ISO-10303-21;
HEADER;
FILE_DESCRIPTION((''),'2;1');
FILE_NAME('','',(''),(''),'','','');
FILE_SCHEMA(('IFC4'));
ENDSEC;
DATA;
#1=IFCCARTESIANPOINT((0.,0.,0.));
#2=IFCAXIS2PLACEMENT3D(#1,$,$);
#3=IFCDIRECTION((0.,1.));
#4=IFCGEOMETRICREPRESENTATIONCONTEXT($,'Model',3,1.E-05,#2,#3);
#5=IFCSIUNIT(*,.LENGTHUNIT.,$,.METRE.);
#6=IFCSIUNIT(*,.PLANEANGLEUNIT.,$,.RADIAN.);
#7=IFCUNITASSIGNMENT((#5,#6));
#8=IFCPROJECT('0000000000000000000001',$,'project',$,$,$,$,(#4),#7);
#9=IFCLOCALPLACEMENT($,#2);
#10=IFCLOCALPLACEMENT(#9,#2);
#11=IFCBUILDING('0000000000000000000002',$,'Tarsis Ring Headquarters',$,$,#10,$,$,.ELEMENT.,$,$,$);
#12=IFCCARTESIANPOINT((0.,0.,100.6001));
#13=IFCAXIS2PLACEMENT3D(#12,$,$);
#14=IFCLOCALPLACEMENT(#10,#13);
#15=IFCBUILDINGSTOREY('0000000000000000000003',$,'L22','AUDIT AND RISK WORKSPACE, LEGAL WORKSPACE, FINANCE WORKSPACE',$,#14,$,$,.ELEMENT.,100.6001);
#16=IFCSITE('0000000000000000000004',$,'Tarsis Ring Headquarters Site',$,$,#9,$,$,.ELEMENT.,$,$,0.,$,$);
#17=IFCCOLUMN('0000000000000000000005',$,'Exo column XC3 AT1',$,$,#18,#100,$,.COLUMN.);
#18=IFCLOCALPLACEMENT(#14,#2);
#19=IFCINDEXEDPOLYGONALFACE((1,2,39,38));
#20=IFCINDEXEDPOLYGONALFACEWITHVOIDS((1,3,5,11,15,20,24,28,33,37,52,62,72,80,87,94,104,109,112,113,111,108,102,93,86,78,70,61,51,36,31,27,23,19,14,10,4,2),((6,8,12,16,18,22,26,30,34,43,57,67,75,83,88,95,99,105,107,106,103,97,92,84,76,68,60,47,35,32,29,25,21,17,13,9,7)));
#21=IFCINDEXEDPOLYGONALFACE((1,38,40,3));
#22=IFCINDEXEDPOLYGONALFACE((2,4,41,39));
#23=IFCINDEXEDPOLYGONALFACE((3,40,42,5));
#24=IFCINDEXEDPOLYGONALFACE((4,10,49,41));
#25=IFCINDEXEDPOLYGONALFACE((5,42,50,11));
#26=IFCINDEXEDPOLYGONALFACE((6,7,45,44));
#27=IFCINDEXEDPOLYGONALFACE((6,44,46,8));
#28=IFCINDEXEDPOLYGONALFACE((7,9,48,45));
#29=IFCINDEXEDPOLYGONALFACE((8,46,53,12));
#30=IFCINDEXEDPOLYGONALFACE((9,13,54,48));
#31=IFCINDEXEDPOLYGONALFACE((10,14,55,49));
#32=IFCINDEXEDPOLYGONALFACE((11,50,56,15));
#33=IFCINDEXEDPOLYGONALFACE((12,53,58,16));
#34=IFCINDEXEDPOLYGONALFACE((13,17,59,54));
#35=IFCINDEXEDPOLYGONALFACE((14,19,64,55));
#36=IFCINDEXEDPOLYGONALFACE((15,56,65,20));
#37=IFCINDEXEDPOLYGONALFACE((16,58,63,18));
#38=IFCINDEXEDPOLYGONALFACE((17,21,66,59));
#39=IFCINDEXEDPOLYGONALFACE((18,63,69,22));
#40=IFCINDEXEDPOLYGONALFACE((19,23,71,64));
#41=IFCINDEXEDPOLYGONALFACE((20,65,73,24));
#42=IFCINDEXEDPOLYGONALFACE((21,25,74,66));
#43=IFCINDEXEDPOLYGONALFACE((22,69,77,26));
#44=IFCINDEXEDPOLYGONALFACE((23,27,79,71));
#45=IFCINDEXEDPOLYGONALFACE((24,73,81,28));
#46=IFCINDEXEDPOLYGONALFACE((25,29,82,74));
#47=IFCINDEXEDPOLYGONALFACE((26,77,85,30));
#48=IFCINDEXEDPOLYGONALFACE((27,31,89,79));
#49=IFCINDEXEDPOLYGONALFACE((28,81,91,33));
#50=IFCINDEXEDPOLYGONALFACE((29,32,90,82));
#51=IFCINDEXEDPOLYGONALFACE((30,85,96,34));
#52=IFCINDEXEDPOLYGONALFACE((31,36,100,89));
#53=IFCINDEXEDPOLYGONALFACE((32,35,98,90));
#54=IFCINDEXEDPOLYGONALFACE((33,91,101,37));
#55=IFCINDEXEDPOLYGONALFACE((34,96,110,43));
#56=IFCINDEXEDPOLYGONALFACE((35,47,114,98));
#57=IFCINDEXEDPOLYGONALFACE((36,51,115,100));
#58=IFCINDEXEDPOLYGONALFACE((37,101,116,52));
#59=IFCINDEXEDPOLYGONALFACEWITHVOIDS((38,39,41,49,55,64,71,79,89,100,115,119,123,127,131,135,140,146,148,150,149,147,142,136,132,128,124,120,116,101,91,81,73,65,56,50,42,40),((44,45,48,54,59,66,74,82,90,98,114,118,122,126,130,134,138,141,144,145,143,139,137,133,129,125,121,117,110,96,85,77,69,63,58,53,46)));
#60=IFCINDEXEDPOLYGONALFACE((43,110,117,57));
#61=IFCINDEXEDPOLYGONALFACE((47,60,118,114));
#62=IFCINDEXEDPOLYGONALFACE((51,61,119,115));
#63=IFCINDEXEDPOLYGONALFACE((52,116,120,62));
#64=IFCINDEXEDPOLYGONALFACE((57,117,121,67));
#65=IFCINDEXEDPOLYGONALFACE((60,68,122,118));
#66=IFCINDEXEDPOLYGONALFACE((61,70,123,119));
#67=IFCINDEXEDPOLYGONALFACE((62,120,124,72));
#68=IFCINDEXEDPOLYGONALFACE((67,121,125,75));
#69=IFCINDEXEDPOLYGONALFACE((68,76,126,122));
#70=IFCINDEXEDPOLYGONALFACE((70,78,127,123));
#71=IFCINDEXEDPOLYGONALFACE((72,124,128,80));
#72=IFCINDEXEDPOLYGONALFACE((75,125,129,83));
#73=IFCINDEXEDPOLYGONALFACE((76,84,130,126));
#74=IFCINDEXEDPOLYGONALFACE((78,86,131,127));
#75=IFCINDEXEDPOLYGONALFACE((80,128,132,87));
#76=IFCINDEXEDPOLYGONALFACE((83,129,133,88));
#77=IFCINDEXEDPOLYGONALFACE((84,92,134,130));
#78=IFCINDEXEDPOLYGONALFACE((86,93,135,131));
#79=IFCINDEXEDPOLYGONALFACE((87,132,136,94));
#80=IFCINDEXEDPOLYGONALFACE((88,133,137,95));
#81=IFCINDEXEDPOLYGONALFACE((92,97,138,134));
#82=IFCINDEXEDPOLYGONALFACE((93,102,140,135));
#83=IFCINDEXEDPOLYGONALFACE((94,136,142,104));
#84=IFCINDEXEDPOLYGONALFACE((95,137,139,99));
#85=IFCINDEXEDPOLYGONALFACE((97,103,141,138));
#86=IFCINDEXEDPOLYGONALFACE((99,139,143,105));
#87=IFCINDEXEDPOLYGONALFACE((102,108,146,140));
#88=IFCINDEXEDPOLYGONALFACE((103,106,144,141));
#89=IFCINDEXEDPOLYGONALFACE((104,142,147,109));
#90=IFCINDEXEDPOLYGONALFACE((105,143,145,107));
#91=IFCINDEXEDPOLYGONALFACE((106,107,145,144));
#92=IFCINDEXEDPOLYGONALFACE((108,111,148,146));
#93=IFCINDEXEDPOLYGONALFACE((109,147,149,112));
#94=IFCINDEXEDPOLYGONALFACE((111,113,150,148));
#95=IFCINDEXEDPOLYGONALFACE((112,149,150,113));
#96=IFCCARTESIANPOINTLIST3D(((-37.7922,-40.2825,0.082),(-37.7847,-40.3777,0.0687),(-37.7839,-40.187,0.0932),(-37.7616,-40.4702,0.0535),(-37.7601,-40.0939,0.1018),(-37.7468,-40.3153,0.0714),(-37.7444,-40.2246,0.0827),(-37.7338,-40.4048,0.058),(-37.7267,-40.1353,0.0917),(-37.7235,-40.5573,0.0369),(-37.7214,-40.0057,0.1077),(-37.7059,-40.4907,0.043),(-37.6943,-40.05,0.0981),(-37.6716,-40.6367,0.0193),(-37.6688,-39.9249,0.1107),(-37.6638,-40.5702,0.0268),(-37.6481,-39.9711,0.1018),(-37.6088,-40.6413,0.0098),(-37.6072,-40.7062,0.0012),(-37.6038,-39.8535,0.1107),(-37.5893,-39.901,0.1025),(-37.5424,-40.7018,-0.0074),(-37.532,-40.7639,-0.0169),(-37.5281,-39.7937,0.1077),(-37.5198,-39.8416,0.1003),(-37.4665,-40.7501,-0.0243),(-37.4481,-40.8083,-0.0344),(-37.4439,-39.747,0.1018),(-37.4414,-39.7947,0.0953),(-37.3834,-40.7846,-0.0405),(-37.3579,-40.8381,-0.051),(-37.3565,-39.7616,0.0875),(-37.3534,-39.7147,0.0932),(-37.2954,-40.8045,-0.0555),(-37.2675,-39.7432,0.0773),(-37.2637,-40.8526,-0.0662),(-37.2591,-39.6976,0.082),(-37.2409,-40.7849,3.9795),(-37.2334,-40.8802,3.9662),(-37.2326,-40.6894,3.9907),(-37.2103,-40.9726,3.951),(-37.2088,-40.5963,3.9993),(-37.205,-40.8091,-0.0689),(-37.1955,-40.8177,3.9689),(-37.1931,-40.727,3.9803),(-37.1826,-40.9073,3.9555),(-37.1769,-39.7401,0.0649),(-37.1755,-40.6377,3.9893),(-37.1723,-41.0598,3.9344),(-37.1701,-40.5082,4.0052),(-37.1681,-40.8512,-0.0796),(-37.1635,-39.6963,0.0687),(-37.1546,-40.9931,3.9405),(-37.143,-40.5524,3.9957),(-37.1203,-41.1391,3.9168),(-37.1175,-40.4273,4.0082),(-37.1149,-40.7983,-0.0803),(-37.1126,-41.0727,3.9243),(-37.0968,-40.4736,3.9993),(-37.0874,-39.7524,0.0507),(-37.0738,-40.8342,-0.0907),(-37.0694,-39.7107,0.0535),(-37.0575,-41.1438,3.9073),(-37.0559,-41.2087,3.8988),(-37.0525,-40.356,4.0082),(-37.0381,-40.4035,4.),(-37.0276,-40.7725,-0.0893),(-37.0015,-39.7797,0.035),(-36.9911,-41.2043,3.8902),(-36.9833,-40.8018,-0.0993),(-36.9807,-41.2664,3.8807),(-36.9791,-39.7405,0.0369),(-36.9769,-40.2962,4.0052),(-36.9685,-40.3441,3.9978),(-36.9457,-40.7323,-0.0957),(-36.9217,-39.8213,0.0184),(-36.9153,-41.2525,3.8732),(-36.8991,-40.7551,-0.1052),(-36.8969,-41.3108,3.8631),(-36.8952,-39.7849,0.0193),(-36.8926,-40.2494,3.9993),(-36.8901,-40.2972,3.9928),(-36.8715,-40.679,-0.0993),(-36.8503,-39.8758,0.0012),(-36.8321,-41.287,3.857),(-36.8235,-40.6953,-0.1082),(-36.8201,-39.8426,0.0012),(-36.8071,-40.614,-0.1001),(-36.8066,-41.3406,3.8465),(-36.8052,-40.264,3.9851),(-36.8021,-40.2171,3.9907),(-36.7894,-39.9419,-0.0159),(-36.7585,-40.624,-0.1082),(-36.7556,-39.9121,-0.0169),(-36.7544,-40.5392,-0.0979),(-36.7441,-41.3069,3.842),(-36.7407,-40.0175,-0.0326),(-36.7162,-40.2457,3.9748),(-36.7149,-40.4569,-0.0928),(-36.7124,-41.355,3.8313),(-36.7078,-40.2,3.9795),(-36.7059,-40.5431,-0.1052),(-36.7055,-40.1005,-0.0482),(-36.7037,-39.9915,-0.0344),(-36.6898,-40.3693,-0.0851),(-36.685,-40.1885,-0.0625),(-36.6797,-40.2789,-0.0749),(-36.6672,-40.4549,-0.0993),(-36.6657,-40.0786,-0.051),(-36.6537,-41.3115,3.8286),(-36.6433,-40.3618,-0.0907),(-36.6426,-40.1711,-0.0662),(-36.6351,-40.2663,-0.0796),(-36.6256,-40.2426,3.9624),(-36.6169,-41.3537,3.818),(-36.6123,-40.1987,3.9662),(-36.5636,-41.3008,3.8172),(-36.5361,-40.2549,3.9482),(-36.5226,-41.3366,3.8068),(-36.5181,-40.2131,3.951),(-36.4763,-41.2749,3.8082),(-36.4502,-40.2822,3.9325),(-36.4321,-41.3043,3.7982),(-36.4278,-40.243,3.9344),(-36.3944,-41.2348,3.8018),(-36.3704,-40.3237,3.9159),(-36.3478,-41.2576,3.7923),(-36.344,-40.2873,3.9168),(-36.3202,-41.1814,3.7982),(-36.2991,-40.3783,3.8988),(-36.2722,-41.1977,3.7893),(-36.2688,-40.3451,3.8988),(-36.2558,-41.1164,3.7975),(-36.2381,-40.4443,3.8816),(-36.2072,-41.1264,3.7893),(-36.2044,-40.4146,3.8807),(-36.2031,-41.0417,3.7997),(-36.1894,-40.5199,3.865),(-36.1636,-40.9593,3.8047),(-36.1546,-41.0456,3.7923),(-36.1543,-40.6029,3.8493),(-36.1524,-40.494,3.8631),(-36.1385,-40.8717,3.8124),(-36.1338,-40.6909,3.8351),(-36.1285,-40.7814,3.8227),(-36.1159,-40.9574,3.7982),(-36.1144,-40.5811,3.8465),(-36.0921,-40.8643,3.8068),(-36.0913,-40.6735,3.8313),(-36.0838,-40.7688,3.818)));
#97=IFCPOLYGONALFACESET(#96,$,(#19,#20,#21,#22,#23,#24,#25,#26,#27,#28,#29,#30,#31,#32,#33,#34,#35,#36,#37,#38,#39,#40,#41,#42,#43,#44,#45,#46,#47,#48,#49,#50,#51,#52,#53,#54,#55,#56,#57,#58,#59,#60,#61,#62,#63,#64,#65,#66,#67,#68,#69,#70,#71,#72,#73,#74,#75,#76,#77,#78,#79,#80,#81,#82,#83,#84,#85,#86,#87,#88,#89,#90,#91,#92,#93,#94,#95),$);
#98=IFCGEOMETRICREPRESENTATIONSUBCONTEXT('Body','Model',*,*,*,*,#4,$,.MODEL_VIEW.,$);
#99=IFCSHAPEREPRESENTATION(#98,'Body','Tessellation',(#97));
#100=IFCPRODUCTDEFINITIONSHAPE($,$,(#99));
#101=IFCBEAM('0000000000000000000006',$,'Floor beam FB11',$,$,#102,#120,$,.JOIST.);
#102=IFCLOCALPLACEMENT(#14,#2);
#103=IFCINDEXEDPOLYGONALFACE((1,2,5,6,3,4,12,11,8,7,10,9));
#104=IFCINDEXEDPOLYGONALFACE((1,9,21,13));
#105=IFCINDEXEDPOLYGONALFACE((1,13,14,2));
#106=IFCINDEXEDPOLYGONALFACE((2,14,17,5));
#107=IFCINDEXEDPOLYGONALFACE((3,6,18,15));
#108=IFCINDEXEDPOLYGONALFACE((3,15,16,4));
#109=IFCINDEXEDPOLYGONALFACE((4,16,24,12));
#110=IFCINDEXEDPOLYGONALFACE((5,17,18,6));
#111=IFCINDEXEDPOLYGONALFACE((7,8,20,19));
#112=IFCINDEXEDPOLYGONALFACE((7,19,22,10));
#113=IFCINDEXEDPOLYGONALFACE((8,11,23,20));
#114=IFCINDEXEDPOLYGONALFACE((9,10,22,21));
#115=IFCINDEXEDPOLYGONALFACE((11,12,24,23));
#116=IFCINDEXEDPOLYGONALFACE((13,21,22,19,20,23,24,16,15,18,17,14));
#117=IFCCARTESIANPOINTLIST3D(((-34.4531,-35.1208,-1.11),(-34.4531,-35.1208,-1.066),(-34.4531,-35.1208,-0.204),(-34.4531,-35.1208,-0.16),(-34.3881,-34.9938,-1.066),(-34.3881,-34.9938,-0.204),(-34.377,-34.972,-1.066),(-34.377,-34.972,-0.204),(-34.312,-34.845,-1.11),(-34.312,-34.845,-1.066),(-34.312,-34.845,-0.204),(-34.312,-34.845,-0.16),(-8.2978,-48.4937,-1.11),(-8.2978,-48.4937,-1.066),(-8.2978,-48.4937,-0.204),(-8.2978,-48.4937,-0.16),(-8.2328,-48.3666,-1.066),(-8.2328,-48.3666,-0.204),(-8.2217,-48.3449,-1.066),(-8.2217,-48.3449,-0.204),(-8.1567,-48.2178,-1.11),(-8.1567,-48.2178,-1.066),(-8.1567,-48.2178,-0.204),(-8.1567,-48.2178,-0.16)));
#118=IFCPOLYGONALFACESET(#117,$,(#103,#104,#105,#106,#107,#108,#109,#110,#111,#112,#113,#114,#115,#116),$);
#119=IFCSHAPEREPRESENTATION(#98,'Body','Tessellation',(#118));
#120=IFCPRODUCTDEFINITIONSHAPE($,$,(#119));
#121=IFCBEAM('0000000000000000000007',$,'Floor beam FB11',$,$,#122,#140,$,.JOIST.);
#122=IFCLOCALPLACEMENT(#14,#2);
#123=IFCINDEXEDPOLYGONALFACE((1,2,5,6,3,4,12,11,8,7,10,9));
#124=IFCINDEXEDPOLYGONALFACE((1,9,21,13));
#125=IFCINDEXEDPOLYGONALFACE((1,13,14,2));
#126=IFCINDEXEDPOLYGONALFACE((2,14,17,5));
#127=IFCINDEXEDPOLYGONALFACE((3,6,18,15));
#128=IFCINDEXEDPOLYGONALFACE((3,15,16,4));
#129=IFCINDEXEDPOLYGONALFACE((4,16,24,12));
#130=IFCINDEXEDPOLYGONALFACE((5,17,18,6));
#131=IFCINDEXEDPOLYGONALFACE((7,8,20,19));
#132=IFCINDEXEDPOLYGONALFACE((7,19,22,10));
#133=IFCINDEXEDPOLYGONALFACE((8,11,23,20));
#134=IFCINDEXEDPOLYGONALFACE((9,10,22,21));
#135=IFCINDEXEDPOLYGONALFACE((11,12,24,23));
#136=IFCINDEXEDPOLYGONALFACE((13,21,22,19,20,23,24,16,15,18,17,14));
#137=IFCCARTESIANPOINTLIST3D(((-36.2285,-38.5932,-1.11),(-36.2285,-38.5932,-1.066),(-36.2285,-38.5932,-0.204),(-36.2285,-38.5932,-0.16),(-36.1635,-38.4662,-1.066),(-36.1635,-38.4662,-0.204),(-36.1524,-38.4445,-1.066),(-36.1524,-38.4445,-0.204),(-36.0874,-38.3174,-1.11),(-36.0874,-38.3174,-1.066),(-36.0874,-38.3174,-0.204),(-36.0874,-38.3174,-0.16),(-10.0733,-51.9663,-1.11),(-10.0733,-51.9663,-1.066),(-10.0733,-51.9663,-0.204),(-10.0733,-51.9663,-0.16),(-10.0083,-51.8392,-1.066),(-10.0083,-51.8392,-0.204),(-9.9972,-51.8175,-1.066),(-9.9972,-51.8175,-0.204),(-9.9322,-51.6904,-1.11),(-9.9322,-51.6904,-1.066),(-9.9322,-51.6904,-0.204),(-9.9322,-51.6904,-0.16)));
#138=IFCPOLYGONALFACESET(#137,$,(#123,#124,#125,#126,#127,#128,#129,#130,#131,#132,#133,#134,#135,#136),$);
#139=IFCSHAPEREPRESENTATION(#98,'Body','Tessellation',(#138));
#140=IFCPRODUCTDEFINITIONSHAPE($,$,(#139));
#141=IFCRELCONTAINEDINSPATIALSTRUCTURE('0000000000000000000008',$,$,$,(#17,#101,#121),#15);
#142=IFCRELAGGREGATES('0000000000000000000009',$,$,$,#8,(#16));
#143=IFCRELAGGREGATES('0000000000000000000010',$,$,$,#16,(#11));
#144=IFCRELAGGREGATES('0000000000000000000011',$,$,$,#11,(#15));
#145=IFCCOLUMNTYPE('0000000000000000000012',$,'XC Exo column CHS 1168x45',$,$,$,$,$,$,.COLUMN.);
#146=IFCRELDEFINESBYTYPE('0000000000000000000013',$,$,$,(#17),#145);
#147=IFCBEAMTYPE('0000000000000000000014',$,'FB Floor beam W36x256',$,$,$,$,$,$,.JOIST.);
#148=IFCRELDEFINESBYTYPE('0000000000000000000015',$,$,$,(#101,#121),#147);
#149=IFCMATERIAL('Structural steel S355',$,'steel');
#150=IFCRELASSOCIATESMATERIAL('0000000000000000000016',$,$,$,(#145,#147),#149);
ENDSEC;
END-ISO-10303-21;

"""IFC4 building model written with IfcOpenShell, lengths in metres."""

from ifc_helpers import new_model, si_unit, direction, frame, origin, origin_2d, place, context, subcontext, project, spatial, hollow_circle, i_section, extrude, material, material_profile, profile_set, type_object, element, save


model = new_model("IFC4")

# Units and contexts
model_context = context("Model", 3, precision=1e-05, world=origin(), true_north=direction((0.0, 1.0)))
body_context = subcontext(model_context, "Body", "Model", "MODEL_VIEW")
ifc_project = project(units=[si_unit("LENGTHUNIT", "METRE"), si_unit("PLANEANGLEUNIT", "RADIAN")], contexts=[model_context])

# Site, building, storey
site_placement = place(None, origin())
site = spatial("IfcSite", under=ifc_project, at=site_placement, Name="Tarsis Ring Headquarters Site", CompositionType="ELEMENT", RefElevation=0.0)
building_placement = place(site_placement, origin())
building = spatial("IfcBuilding", under=site, at=building_placement, Name="Tarsis Ring Headquarters", CompositionType="ELEMENT")
storey_placement = place(building_placement, frame((0.0, 0.0, 100.6001)))
storey = spatial("IfcBuildingStorey", under=building, at=storey_placement, Name="L22", Description="AUDIT AND RISK WORKSPACE, LEGAL WORKSPACE, FINANCE WORKSPACE", CompositionType="ELEMENT", Elevation=100.6001)

# Column
ifc_material_1 = material(Name="Structural steel S355", Category="steel")
ifc_material_profile_1 = material_profile(ifc_material_1, hollow_circle(Radius=0.5842, WallThickness=0.0449, at=origin_2d()), Name="CHS 1168x45")
ifc_profile_set_1 = profile_set([ifc_material_profile_1], Name="Structural steel S355")
column_type = type_object("IfcColumnType", Name="XC Exo column CHS 1168x45", PredefinedType="COLUMN", material=ifc_profile_set_1)
column_placement = place(storey_placement, frame((-37.2136, -40.2744, 0.0012), z_axis=(0.138922, -0.126617, 0.982176), x_axis=(0.673617, 0.73908, 0.0)))
element("IfcColumn", 1, at=column_placement, inside=storey, type_object=column_type, Name="Exo column XC3 AT1", PredefinedType="COLUMN", context=body_context, shape_type="SweptSolid", body=[
    extrude(hollow_circle(Radius=0.5842, WallThickness=0.0449, at=origin_2d()), origin(), (0.0, 0.0, 1.0), 3.9683),
])

# Beams
ifc_material_profile_2 = material_profile(ifc_material_1, i_section(OverallWidth=0.3098, OverallDepth=0.95, WebThickness=0.0244, FlangeThickness=0.0439, at=origin_2d()), Name="W36x256")
ifc_profile_set_2 = profile_set([ifc_material_profile_2], Name="Structural steel S355")
beam_type_1 = type_object("IfcBeamType", Name="FB Floor beam W36x256", PredefinedType="JOIST", material=ifc_profile_set_2)
for number, where, z_axis, x_axis, name in (
    (2, (-34.3826, -34.9829, -0.635), (0.890372, -0.455234, 0.0), (0.455234, 0.890372, 0.0), "Floor beam FB11"),
    (3, (-36.158, -38.4553, -0.635), (0.890369, -0.455241, 0.0), (0.455241, 0.890369, 0.0), "Floor beam FB11"),
):
    element("IfcBeam", number, at=place(storey_placement, frame(where, z_axis=z_axis, x_axis=x_axis)), inside=storey, type_object=beam_type_1, Name=name, PredefinedType="JOIST", context=body_context, shape_type="SweptSolid", body=[
        extrude(i_section(OverallWidth=0.3098, OverallDepth=0.95, WebThickness=0.0244, FlangeThickness=0.0439, at=origin_2d()), origin(), (0.0, 0.0, 1.0), 29.3757),
    ])

save(model, "model.ifc")
